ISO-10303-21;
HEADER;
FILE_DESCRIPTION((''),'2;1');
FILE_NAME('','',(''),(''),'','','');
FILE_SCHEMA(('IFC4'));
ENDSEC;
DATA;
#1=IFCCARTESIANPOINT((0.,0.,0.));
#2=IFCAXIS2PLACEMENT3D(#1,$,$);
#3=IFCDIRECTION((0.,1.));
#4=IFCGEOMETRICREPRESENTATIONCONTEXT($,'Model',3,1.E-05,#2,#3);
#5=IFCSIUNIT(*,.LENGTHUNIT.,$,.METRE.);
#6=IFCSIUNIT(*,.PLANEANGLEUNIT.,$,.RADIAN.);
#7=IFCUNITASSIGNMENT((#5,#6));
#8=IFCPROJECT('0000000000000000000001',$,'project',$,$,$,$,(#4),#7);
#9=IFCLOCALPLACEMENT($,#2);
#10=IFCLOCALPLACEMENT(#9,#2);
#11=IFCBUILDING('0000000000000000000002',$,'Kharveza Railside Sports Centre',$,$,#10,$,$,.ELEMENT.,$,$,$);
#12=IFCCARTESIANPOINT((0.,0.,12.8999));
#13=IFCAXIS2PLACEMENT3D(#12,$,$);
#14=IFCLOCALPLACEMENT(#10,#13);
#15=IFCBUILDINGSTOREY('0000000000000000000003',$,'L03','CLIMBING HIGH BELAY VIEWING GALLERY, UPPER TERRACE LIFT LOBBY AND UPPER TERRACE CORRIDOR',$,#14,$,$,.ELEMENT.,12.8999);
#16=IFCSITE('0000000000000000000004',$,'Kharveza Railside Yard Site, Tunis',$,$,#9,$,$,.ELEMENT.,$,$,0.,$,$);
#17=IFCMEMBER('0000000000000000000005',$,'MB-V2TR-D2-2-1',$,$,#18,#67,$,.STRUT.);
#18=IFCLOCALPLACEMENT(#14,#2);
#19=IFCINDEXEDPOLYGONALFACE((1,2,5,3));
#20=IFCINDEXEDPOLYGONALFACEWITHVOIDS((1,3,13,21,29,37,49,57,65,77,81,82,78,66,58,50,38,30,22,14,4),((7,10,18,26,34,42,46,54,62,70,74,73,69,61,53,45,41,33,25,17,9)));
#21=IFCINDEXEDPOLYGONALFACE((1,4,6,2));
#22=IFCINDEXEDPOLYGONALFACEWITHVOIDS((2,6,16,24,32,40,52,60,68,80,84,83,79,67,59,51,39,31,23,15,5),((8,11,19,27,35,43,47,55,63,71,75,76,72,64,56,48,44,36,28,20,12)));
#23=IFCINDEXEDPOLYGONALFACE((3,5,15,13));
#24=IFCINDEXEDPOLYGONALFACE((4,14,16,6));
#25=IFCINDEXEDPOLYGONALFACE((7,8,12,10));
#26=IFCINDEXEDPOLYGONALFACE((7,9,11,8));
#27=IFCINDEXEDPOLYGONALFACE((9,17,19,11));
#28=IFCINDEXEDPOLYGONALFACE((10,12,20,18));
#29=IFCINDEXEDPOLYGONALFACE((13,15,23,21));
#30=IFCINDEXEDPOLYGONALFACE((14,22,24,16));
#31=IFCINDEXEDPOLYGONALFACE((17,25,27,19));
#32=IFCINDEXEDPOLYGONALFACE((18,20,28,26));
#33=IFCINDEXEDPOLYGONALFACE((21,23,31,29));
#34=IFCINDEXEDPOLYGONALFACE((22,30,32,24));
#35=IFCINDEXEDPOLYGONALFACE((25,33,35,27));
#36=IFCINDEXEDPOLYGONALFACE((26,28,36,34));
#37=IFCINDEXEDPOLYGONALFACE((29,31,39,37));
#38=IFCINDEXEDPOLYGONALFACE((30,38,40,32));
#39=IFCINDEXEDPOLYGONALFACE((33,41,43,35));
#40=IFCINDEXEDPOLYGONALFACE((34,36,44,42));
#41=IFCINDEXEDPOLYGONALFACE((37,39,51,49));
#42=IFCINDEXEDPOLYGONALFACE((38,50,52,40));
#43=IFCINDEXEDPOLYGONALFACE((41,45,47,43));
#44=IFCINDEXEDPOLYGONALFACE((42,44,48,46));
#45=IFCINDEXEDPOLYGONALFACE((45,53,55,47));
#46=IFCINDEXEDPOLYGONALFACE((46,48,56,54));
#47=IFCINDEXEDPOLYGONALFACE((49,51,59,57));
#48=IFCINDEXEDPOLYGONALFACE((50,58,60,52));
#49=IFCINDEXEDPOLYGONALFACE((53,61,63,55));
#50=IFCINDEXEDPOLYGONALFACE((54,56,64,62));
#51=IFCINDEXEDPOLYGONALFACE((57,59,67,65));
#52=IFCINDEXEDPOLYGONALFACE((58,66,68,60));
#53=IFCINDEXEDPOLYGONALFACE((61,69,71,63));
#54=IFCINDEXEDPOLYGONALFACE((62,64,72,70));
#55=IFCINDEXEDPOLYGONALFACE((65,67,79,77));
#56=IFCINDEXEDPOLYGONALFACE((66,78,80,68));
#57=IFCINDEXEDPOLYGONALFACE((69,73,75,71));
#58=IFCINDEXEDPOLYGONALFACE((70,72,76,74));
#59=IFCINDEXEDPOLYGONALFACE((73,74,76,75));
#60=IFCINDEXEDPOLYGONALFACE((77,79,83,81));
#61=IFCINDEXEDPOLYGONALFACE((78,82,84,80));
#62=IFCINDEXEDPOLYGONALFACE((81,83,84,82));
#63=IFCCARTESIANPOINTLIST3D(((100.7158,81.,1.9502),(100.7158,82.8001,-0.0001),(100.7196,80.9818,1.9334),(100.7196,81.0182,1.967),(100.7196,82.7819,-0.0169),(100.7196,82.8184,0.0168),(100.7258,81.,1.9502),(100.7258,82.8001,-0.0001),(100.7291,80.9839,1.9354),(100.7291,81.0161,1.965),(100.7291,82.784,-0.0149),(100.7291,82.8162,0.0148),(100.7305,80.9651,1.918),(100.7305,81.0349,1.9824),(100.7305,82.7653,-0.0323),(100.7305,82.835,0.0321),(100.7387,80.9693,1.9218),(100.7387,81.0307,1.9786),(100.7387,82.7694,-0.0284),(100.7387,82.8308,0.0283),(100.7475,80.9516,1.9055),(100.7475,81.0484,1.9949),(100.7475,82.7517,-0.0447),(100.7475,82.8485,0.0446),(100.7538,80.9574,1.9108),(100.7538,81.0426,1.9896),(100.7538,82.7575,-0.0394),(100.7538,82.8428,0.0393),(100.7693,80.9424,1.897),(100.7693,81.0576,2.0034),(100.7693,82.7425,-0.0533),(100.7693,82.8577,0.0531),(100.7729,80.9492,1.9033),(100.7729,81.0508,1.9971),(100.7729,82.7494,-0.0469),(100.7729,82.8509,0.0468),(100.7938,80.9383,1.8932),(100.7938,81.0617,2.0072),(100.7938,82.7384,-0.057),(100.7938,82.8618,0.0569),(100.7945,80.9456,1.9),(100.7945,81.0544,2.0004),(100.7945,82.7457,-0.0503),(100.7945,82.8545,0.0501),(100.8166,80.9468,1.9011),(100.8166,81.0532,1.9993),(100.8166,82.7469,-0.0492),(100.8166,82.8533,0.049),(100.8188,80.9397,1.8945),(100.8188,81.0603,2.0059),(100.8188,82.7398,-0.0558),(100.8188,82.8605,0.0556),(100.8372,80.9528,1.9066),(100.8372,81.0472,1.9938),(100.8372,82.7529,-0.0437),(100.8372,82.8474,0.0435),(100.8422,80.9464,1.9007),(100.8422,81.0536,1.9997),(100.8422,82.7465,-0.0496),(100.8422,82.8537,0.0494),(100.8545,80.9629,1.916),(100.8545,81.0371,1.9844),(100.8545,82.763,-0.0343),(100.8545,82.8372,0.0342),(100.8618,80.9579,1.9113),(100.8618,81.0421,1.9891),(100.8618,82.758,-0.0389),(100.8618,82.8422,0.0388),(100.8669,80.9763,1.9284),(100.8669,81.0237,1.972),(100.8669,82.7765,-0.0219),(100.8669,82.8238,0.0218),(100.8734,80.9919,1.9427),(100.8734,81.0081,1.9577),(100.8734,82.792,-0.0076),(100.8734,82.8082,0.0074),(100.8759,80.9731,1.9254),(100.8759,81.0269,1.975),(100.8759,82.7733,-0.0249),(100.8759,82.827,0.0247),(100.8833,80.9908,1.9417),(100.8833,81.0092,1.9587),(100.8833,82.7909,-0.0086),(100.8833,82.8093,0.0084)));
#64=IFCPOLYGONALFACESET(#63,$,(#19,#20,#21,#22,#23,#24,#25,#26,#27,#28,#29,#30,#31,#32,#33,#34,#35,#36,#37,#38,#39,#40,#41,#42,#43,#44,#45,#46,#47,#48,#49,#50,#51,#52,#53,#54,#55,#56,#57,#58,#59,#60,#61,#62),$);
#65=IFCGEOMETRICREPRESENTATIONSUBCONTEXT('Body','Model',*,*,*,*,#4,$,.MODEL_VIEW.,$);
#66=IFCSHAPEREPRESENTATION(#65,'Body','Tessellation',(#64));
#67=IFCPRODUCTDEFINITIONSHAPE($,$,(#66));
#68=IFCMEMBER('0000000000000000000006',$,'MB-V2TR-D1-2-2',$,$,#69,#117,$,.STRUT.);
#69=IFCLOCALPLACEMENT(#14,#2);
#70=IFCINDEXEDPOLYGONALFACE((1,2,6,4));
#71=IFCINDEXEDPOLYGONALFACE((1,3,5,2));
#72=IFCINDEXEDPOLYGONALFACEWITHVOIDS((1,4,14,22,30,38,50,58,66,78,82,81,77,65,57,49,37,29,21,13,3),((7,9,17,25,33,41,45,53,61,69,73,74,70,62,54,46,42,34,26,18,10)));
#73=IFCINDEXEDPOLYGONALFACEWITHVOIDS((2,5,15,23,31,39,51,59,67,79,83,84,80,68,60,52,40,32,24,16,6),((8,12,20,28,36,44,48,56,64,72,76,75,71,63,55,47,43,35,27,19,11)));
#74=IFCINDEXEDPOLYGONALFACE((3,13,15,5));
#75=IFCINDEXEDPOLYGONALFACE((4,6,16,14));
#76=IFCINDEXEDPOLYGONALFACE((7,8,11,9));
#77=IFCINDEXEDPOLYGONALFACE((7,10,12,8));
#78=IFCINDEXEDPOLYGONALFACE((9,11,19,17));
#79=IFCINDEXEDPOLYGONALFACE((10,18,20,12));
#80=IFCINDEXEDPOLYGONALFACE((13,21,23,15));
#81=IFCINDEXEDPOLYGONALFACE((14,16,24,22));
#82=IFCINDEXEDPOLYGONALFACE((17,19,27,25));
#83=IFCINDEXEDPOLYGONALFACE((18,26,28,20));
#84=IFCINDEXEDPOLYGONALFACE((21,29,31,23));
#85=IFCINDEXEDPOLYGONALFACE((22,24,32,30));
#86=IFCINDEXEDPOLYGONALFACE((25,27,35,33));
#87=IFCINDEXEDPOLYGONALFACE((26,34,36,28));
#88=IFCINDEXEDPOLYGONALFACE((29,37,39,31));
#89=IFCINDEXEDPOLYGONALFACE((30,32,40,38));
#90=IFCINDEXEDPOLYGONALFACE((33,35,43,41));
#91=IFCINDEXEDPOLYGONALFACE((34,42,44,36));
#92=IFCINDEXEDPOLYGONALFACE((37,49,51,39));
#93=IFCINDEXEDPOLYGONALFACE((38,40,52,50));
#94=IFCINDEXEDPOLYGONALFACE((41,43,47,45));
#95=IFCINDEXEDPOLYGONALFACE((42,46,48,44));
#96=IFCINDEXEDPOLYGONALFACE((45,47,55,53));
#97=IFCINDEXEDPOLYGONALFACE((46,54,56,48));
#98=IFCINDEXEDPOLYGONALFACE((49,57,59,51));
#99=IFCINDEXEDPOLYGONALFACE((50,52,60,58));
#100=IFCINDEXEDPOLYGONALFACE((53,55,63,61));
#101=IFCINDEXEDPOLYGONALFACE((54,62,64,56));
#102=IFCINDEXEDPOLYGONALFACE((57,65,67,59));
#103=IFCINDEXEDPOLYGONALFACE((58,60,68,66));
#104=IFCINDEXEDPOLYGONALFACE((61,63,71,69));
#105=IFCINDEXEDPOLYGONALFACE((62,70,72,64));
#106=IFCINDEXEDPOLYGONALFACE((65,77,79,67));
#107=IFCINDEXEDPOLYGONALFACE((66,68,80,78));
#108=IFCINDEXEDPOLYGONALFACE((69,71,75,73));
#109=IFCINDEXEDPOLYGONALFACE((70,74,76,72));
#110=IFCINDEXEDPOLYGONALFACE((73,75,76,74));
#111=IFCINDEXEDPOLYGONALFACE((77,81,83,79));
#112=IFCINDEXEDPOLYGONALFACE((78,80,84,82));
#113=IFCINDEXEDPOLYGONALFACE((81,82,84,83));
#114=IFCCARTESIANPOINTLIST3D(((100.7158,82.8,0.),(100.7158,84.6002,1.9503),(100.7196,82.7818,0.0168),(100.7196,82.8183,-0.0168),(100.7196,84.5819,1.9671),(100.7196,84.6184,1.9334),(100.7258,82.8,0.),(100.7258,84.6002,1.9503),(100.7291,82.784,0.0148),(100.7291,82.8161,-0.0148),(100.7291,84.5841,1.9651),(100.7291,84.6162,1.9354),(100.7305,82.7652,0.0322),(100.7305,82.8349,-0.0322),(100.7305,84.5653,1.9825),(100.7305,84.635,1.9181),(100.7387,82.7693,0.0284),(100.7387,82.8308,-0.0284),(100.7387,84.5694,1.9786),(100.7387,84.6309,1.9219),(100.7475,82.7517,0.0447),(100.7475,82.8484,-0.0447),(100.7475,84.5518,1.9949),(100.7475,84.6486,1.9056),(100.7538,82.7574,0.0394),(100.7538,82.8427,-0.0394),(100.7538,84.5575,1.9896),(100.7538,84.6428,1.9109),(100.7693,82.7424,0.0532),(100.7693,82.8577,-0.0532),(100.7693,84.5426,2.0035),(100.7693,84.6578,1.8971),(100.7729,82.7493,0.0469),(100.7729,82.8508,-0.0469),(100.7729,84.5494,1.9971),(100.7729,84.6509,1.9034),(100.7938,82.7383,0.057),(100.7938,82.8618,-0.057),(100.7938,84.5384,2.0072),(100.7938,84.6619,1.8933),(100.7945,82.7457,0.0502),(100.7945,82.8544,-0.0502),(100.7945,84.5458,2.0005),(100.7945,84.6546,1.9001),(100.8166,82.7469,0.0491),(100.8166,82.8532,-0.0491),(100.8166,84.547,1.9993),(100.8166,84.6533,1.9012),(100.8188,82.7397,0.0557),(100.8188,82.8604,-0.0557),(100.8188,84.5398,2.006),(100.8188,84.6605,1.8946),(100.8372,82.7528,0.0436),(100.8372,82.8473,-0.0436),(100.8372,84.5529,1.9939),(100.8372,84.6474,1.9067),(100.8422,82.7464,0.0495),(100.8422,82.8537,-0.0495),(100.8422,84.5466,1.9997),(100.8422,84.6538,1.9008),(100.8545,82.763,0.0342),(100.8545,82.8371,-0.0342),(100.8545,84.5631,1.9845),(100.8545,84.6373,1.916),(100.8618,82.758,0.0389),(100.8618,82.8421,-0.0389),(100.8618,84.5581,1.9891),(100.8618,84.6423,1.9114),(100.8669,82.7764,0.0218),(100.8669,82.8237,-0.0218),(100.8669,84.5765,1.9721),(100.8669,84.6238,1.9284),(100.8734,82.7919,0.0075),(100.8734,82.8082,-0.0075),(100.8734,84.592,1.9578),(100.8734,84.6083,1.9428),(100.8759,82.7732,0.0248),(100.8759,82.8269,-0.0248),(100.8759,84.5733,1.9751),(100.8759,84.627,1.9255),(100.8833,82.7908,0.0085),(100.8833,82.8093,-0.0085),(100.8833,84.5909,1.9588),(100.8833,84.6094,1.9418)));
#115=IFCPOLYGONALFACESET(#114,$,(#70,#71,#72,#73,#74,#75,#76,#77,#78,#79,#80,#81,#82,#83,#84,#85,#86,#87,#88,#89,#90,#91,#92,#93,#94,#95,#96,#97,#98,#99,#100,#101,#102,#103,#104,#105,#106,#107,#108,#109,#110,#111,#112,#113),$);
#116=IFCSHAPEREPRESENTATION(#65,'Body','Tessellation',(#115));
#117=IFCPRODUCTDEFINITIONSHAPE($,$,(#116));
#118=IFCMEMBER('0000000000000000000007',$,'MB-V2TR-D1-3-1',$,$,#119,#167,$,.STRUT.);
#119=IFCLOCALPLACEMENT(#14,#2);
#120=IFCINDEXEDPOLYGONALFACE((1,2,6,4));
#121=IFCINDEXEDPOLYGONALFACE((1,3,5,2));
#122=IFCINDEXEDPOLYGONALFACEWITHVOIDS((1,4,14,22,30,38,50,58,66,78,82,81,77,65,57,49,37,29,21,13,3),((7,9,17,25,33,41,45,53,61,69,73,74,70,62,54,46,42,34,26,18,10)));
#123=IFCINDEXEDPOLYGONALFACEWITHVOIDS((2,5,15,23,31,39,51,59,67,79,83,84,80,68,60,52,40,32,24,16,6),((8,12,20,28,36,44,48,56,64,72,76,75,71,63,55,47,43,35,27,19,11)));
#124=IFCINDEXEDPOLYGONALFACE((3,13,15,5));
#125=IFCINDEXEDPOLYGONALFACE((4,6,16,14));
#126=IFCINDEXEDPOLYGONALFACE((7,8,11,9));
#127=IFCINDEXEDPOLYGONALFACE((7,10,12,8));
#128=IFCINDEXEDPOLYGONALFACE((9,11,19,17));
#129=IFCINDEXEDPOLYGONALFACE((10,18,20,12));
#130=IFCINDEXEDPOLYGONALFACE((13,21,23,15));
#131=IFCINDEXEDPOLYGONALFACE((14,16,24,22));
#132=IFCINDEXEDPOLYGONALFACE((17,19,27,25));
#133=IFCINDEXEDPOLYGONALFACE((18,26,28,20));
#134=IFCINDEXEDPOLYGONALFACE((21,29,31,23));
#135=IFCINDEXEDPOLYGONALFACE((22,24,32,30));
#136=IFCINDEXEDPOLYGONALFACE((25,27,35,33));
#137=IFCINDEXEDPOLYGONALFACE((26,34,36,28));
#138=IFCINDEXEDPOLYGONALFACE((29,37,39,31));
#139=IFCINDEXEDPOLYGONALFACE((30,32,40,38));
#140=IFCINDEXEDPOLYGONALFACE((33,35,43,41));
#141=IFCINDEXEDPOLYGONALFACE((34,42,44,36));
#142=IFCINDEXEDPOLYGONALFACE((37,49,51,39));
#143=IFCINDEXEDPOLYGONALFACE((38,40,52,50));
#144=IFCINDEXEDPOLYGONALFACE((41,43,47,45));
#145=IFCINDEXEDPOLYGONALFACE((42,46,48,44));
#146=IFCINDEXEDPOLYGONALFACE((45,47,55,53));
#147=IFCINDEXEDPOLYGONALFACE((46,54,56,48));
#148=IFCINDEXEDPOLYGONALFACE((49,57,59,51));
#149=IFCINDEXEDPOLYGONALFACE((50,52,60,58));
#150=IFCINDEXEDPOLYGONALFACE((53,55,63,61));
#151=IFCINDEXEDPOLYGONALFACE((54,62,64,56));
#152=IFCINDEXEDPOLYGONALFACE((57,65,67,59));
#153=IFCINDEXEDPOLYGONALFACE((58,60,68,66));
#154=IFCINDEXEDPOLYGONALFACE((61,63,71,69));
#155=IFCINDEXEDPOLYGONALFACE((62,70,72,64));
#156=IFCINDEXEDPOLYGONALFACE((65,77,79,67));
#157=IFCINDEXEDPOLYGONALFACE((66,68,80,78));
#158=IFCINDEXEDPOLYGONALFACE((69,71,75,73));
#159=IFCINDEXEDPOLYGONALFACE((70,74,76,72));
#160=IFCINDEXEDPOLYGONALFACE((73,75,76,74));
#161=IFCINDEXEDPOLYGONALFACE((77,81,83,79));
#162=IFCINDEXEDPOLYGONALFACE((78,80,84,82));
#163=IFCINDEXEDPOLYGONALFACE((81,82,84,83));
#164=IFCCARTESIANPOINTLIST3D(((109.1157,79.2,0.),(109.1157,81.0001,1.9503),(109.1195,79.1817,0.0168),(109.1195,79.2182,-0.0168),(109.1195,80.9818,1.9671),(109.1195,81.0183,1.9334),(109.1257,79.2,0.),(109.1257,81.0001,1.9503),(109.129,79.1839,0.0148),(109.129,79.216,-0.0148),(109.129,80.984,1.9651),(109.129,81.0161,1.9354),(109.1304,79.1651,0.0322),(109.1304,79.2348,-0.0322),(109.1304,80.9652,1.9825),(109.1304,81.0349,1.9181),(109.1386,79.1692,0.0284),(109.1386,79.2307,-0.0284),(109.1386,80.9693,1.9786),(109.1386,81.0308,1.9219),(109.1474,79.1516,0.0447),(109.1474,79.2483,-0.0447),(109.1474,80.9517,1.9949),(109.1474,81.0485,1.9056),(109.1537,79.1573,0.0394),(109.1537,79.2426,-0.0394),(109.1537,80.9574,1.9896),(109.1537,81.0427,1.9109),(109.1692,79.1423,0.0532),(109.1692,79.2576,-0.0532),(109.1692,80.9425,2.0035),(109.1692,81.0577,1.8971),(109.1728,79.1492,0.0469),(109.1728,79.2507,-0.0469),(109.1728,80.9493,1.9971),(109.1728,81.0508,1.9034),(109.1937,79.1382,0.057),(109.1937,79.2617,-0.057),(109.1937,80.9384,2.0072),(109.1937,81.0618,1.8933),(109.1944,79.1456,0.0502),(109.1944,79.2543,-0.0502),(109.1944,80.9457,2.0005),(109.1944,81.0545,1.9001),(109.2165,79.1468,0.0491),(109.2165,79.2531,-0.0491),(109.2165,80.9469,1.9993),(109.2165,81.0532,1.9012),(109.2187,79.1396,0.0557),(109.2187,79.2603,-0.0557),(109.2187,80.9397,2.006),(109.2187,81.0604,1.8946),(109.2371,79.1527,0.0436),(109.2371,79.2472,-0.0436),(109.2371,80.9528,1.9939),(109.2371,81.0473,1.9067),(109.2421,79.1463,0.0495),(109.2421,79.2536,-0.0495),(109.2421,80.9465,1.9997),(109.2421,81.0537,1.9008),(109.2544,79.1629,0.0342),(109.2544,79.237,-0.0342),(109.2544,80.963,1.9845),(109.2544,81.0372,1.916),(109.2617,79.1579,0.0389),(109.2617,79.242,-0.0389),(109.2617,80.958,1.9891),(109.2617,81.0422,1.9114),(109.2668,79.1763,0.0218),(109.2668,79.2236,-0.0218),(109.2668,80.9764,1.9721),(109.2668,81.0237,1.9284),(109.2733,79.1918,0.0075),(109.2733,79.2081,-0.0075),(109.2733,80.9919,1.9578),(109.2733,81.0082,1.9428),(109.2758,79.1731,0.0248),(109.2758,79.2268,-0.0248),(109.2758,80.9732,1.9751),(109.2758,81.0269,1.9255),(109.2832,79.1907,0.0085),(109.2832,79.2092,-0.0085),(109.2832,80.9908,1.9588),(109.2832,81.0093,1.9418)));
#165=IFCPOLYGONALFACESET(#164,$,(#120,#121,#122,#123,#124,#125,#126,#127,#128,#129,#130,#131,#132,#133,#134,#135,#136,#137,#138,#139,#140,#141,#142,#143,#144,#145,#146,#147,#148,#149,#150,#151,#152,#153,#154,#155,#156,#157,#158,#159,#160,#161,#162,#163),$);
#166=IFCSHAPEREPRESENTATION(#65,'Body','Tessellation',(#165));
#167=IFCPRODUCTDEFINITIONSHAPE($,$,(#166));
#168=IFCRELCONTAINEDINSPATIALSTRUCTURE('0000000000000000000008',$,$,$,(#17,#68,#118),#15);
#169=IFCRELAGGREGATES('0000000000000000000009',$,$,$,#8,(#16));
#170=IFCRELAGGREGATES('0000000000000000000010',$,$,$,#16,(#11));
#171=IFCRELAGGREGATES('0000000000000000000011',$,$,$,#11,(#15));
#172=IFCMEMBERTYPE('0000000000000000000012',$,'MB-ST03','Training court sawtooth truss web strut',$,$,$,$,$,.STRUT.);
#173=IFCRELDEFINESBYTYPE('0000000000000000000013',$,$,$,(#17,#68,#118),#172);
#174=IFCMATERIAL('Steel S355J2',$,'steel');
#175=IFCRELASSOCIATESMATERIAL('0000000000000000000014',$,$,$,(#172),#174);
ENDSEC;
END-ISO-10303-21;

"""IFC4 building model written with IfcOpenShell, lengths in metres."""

from ifc_helpers import new_model, si_unit, direction, frame, origin, origin_2d, place, context, subcontext, project, spatial, hollow_circle, extrude, material, material_profile, profile_set, type_object, element, save


model = new_model("IFC4")

# Units and contexts
model_context = context("Model", 3, precision=1e-05, world=origin(), true_north=direction((0.0, 1.0)))
body_context = subcontext(model_context, "Body", "Model", "MODEL_VIEW")
ifc_project = project(units=[si_unit("LENGTHUNIT", "METRE"), si_unit("PLANEANGLEUNIT", "RADIAN")], contexts=[model_context])

# Site, building, storey
site_placement = place(None, origin())
site = spatial("IfcSite", under=ifc_project, at=site_placement, Name="Kharveza Railside Yard Site, Tunis", CompositionType="ELEMENT", RefElevation=0.0)
building_placement = place(site_placement, origin())
building = spatial("IfcBuilding", under=site, at=building_placement, Name="Kharveza Railside Sports Centre", CompositionType="ELEMENT")
storey_placement = place(building_placement, frame((0.0, 0.0, 12.8999)))
storey = spatial("IfcBuildingStorey", under=building, at=storey_placement, Name="L03", Description="CLIMBING HIGH BELAY VIEWING GALLERY, UPPER TERRACE LIFT LOBBY AND UPPER TERRACE CORRIDOR", CompositionType="ELEMENT", Elevation=12.8999)

# Shared definitions
ifc_material_1 = material(Name="Steel S355J2", Category="steel")

# Members
ifc_material_profile_1 = material_profile(ifc_material_1, hollow_circle(Radius=0.0842, WallThickness=0.01, at=origin_2d()), Name="CHS 168.3x10.0")
ifc_profile_set_1 = profile_set([ifc_material_profile_1], Name="Steel S355J2")
member_type_1 = type_object("IfcMemberType", Name="MB-ST03", Description="Training court sawtooth truss web strut", PredefinedType="STRUT", material=ifc_profile_set_1)
for number, where, z_axis, x_axis, name in (
    (1, (100.8, 81.0, 1.9502), (0.0, 0.678253, -0.734828), (-1.0, 0.0, 0.0), "MB-V2TR-D2-2-1"),
    (2, (100.8, 82.8, 0.0), (0.0, 0.678253, 0.734828), (-1.0, 0.0, 0.0), "MB-V2TR-D1-2-2"),
    (3, (109.2, 79.2, 0.0), (0.0, 0.678253, 0.734828), (-1.0, 0.0, 0.0), "MB-V2TR-D1-3-1"),
):
    element("IfcMember", number, at=place(storey_placement, frame(where, z_axis=z_axis, x_axis=x_axis)), inside=storey, type_object=member_type_1, Name=name, PredefinedType="STRUT", context=body_context, shape_type="SweptSolid", body=[
        extrude(hollow_circle(Radius=0.0842, WallThickness=0.01, at=origin_2d()), origin(), (0.0, 0.0, 1.0), 2.6541),
    ])

save(model, "model.ifc")
